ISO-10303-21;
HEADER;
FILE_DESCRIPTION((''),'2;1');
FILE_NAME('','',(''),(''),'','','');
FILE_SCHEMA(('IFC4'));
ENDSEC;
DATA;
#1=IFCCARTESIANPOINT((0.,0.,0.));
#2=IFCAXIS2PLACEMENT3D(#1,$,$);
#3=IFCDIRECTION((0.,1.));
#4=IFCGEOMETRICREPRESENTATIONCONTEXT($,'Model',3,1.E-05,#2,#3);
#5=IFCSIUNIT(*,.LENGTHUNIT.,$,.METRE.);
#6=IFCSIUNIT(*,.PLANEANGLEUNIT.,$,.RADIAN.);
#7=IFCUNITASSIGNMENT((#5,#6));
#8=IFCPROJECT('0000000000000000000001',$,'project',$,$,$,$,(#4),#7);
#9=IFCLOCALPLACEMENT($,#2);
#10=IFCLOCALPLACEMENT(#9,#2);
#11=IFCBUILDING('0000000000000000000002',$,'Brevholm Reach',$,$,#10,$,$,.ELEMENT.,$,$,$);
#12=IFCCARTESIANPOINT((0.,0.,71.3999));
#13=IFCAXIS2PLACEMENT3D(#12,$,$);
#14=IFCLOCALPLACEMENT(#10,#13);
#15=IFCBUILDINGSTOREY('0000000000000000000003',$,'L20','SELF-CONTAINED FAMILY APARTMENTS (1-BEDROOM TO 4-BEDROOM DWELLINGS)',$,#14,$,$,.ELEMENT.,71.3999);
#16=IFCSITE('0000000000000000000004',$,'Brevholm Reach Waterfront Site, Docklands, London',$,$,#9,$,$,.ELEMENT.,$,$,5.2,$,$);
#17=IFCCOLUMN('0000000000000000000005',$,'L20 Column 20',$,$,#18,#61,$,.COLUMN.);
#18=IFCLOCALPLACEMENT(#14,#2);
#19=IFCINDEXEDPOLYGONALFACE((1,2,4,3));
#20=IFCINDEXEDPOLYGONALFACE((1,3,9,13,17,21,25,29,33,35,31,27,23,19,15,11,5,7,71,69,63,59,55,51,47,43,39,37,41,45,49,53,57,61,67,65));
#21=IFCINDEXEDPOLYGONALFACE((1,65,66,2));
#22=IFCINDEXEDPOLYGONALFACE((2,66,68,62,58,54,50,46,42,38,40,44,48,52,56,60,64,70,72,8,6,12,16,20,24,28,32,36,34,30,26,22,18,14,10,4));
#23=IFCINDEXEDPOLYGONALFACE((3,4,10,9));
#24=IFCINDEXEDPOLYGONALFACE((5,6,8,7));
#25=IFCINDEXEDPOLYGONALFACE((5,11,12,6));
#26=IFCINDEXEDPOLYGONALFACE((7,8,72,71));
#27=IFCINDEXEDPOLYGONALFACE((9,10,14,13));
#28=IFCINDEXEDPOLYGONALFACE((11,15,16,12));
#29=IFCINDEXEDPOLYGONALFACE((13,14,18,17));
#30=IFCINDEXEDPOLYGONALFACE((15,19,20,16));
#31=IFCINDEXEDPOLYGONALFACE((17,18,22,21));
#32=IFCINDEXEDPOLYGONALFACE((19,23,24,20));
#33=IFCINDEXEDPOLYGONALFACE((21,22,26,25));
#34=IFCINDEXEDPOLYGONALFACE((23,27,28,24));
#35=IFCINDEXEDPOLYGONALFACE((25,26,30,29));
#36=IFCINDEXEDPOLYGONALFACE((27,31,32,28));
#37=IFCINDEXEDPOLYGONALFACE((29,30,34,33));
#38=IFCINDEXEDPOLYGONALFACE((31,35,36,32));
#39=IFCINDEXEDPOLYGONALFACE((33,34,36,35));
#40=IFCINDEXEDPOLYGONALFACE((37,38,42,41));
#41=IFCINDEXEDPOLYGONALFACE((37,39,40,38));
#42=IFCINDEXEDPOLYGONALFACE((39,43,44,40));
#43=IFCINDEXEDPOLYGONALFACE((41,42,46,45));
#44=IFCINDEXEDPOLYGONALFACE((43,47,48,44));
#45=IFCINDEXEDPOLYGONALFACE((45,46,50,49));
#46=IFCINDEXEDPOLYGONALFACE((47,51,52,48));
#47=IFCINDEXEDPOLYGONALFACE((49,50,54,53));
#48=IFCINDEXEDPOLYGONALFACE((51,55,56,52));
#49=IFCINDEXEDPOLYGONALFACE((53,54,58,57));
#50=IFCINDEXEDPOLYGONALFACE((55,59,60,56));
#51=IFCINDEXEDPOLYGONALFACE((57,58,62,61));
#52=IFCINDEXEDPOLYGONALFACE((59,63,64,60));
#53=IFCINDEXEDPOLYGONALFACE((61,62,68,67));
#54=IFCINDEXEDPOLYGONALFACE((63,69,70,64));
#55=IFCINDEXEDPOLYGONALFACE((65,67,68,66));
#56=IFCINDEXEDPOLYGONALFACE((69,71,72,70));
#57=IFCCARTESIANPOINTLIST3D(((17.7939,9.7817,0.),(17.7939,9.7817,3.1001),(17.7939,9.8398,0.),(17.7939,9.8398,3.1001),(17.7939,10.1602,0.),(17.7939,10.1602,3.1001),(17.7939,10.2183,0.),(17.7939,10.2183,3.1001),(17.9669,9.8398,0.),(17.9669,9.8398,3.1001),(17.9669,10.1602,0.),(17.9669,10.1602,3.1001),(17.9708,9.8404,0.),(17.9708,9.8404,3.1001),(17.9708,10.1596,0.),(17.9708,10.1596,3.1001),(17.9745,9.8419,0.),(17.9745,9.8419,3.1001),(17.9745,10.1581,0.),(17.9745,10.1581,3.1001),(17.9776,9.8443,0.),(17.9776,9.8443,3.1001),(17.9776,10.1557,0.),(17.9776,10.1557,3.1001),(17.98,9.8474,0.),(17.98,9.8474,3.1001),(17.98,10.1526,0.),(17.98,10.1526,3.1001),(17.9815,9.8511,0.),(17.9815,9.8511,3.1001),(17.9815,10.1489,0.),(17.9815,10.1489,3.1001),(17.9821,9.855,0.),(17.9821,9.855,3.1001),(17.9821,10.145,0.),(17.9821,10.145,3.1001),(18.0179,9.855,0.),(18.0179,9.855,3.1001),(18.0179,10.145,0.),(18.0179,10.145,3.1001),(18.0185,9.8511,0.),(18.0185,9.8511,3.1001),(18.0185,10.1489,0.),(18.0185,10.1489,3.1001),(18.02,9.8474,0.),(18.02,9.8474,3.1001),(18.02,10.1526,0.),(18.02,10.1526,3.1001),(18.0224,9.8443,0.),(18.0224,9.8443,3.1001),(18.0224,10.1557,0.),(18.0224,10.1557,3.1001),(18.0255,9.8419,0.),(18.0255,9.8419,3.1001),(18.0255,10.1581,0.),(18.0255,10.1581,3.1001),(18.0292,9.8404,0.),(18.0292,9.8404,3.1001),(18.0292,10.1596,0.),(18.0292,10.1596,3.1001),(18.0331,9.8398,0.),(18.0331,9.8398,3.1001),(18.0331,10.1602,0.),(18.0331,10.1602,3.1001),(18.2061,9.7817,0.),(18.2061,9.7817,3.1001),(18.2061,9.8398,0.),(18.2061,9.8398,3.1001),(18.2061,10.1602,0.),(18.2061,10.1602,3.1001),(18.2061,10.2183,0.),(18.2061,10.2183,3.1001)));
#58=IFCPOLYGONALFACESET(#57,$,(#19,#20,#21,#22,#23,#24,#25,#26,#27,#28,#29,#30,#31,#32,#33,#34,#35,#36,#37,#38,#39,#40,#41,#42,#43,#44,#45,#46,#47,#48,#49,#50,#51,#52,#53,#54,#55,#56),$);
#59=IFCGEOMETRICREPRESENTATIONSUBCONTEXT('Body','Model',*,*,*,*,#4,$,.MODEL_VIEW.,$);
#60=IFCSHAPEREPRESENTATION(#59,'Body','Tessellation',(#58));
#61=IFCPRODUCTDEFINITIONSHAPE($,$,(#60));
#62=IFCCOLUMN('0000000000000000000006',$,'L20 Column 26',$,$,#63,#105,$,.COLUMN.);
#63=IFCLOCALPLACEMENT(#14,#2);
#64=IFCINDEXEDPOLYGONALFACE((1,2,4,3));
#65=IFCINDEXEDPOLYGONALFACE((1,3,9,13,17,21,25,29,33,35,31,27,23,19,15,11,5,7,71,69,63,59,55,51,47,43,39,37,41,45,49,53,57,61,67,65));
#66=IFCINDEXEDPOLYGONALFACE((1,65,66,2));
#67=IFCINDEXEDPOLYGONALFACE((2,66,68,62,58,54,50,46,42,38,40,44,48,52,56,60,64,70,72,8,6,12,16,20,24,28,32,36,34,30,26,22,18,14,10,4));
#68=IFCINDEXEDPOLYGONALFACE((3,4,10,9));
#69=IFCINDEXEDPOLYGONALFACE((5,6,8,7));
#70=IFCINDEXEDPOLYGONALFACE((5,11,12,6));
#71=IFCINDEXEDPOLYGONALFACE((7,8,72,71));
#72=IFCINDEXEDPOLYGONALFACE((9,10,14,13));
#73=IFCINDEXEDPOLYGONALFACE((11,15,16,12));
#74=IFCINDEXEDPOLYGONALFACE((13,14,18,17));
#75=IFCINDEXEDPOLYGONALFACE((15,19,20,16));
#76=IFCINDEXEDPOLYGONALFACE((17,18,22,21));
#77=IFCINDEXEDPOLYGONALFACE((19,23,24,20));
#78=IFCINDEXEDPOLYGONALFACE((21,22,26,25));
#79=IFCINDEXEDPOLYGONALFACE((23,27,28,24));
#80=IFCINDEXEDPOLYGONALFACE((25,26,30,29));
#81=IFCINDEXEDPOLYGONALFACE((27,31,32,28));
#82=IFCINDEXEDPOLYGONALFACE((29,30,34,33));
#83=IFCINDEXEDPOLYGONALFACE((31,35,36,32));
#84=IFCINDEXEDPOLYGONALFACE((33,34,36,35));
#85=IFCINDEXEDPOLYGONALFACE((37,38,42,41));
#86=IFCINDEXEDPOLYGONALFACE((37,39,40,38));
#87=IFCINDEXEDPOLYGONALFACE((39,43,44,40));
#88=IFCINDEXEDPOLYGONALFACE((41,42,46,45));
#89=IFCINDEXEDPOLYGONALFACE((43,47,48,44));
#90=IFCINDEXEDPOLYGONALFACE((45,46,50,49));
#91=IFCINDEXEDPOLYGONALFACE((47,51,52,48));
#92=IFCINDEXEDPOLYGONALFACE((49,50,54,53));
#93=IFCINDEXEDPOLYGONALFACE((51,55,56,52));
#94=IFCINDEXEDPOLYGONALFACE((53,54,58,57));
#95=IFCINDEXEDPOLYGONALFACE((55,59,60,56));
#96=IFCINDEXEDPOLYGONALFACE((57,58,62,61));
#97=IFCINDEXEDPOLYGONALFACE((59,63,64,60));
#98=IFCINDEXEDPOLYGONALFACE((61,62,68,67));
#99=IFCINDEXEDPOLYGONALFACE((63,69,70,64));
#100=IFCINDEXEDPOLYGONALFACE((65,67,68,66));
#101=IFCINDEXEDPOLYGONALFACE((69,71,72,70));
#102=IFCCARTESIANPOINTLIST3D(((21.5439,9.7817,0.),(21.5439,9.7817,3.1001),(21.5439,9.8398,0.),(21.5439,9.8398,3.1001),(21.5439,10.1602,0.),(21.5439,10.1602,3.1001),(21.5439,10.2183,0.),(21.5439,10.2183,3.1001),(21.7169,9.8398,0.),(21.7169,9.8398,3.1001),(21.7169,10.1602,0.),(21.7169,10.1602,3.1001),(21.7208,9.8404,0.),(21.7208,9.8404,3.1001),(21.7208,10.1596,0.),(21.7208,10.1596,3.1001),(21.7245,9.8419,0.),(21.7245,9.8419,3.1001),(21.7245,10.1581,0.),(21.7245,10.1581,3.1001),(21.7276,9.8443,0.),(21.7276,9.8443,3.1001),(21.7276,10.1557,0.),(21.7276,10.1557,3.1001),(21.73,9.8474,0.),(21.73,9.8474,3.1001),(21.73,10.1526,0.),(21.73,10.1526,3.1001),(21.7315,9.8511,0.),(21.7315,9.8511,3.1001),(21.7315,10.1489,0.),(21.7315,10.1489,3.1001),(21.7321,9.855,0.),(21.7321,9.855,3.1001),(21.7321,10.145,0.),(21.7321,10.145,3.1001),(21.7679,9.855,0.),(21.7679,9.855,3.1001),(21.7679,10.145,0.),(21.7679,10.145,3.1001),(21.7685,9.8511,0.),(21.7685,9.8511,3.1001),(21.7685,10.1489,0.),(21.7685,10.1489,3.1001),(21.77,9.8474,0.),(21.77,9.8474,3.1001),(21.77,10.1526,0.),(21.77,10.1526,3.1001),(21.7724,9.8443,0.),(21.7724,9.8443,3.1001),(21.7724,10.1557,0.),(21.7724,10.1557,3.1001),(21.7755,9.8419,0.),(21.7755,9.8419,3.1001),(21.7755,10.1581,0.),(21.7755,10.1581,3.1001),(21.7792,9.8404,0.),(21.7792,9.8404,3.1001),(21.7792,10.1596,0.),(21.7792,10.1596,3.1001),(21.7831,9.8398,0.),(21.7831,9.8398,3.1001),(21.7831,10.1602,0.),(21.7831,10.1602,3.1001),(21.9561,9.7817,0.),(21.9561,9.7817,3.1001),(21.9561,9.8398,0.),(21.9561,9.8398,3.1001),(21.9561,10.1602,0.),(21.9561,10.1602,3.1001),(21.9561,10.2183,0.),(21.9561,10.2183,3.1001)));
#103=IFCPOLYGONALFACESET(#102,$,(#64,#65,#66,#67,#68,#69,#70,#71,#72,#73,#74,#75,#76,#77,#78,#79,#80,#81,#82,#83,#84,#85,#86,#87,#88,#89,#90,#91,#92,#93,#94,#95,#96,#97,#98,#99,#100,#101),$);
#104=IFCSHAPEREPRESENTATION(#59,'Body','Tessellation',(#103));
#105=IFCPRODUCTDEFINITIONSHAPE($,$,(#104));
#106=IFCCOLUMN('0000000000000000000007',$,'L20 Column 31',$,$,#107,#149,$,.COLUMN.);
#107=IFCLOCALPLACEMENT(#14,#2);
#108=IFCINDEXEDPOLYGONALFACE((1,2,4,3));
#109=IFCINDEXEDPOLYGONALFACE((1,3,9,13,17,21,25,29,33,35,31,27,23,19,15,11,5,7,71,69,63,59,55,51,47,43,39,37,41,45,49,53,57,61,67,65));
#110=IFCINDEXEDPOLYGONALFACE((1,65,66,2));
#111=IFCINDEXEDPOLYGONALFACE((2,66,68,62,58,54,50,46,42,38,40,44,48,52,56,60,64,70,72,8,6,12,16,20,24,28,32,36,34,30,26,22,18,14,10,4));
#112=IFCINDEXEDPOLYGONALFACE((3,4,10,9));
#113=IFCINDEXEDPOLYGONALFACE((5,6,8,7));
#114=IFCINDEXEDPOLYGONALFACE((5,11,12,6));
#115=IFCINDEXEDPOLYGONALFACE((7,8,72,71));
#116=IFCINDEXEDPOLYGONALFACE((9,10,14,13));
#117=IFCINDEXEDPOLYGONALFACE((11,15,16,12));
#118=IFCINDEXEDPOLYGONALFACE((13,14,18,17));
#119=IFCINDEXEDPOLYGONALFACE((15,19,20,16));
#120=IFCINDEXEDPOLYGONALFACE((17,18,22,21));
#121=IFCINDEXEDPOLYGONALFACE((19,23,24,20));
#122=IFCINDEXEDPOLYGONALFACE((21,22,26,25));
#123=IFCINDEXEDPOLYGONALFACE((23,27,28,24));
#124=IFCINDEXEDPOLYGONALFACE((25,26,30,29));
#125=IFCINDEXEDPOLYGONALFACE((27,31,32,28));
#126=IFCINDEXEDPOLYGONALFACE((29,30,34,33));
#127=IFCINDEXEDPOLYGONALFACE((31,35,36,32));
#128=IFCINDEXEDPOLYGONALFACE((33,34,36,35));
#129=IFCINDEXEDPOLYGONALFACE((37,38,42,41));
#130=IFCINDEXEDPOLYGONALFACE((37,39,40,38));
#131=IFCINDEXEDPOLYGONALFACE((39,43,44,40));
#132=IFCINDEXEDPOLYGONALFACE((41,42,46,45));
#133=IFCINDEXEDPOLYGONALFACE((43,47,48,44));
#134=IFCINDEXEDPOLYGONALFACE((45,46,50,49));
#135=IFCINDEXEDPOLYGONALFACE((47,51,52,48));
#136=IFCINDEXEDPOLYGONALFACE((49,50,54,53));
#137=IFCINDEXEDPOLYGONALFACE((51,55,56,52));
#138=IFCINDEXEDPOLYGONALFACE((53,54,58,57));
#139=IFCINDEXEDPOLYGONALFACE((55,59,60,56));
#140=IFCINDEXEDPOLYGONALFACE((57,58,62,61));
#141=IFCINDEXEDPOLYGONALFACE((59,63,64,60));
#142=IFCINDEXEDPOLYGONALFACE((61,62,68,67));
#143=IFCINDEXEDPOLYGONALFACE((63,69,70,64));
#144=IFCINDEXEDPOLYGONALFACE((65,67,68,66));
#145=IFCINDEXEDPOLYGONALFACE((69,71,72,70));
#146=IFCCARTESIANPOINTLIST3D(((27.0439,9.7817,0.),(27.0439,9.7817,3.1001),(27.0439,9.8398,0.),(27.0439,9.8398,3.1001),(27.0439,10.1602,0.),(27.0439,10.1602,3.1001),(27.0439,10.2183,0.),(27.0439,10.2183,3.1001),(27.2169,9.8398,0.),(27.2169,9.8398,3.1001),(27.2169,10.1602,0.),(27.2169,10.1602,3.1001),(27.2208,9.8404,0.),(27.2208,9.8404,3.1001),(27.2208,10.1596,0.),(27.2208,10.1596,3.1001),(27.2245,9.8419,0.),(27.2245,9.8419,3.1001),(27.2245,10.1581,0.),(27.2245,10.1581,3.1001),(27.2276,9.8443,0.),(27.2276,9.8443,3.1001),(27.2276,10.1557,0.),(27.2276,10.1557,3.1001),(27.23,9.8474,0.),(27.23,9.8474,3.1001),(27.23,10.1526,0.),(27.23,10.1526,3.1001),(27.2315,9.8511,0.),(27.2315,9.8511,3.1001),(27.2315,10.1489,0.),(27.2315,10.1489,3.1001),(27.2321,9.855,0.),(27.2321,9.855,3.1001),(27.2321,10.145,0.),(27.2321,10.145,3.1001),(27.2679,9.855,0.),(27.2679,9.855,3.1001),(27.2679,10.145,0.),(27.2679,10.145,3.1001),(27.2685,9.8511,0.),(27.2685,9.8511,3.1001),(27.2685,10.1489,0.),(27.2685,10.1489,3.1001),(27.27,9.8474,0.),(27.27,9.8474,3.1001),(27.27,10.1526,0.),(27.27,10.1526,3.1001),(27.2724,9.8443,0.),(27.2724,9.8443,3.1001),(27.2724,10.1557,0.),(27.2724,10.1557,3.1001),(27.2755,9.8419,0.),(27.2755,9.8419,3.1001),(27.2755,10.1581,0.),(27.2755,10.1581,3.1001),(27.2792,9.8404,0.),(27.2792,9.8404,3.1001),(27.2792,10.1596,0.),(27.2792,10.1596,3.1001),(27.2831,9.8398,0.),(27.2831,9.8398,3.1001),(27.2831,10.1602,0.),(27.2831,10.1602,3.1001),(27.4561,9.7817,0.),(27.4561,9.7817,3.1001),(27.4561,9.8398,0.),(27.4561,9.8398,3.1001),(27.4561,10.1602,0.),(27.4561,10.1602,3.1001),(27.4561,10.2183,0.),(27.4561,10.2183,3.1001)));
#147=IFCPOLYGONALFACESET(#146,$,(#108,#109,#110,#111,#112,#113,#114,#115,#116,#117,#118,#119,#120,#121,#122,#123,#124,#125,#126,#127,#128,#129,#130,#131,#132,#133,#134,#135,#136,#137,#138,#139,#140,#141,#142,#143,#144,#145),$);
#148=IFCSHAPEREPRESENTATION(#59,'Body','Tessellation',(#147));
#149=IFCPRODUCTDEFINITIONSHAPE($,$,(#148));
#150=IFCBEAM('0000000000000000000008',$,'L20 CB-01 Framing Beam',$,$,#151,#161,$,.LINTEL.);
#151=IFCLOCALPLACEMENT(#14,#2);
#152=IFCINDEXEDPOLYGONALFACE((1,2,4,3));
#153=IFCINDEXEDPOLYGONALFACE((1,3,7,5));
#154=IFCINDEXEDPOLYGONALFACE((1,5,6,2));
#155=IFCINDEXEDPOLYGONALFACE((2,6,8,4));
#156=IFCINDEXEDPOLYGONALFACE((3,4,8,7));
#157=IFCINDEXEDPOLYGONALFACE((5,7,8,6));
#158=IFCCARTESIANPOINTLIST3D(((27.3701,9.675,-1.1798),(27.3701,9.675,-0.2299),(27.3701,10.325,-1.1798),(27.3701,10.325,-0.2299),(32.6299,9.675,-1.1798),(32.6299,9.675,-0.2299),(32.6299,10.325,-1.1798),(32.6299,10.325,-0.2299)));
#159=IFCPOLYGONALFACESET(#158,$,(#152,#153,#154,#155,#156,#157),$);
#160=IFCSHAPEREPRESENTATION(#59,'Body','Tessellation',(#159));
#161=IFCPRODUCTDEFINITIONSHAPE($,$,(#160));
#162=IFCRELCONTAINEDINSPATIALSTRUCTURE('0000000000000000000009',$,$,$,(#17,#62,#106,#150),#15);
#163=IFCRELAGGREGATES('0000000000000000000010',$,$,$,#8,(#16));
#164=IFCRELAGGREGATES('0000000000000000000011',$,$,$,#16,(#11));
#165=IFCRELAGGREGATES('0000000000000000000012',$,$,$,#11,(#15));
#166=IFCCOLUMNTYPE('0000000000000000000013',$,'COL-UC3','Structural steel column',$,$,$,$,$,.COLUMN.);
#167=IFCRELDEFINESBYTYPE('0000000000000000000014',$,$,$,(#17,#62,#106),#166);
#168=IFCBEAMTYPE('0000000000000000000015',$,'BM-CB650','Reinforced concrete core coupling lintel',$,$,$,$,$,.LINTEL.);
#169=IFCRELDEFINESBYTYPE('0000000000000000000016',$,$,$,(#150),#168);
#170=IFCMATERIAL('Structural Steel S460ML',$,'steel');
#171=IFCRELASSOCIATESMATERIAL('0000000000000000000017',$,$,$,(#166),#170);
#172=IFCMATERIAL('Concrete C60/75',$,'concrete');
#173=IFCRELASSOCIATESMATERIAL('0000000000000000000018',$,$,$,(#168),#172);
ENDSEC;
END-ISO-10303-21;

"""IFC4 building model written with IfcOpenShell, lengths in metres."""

from ifc_helpers import new_model, si_unit, direction, frame, origin, origin_2d, place, context, subcontext, project, spatial, rectangle, i_section, extrude, material, material_profile, profile_set, type_object, element, save


model = new_model("IFC4")

# Units and contexts
model_context = context("Model", 3, precision=1e-05, world=origin(), true_north=direction((0.0, 1.0)))
body_context = subcontext(model_context, "Body", "Model", "MODEL_VIEW")
ifc_project = project(units=[si_unit("LENGTHUNIT", "METRE"), si_unit("PLANEANGLEUNIT", "RADIAN")], contexts=[model_context])

# Site, building, storey
site_placement = place(None, origin())
site = spatial("IfcSite", under=ifc_project, at=site_placement, Name="Brevholm Reach Waterfront Site, Docklands, London", CompositionType="ELEMENT", RefElevation=5.2)
building_placement = place(site_placement, origin())
building = spatial("IfcBuilding", under=site, at=building_placement, Name="Brevholm Reach", CompositionType="ELEMENT")
storey_placement = place(building_placement, frame((0.0, 0.0, 71.3999)))
storey = spatial("IfcBuildingStorey", under=building, at=storey_placement, Name="L20", Description="SELF-CONTAINED FAMILY APARTMENTS (1-BEDROOM TO 4-BEDROOM DWELLINGS)", CompositionType="ELEMENT", Elevation=71.3999)

# Columns
ifc_material_1 = material(Name="Structural Steel S460ML", Category="steel")
ifc_material_profile_1 = material_profile(ifc_material_1, i_section(OverallWidth=0.4121, OverallDepth=0.4365, WebThickness=0.0359, FlangeThickness=0.0581, FilletRadius=0.0151, at=origin_2d()), Name="UKC 356x406x467")
ifc_profile_set_1 = profile_set([ifc_material_profile_1], Name="Structural Steel S460ML")
column_type = type_object("IfcColumnType", Name="COL-UC3", Description="Structural steel column", PredefinedType="COLUMN", material=ifc_profile_set_1)
for number, where, z_axis, x_axis, name in (
    (1, (18.0, 10.0, 0.0), (0.0, 0.0, 1.0), (1.0, 0.0, 0.0), "L20 Column 20"),
    (2, (21.75, 10.0, 0.0), (0.0, 0.0, 1.0), (1.0, 0.0, 0.0), "L20 Column 26"),
    (3, (27.25, 10.0, 0.0), (0.0, 0.0, 1.0), (1.0, 0.0, 0.0), "L20 Column 31"),
):
    element("IfcColumn", number, at=place(storey_placement, frame(where, z_axis=z_axis, x_axis=x_axis)), inside=storey, type_object=column_type, Name=name, PredefinedType="COLUMN", context=body_context, shape_type="SweptSolid", body=[
        extrude(i_section(OverallWidth=0.4121, OverallDepth=0.4365, WebThickness=0.0359, FlangeThickness=0.0581, FilletRadius=0.0151, at=origin_2d()), origin(), (0.0, 0.0, 1.0), 3.1001),
    ])

# Beam
ifc_material_2 = material(Name="Concrete C60/75", Category="concrete")
ifc_material_profile_2 = material_profile(ifc_material_2, rectangle(XDim=0.6499, YDim=0.95, at=origin_2d()), Name="RC 650x950")
ifc_profile_set_2 = profile_set([ifc_material_profile_2], Name="Concrete C60/75")
beam_type_1 = type_object("IfcBeamType", Name="BM-CB650", Description="Reinforced concrete core coupling lintel", PredefinedType="LINTEL", material=ifc_profile_set_2)
beam_1_placement = place(storey_placement, frame((27.3701, 10.0, -0.7048), z_axis=(1.0, 0.0, 0.0), x_axis=(0.0, 1.0, 0.0)))
element("IfcBeam", 4, at=beam_1_placement, inside=storey, type_object=beam_type_1, Name="L20 CB-01 Framing Beam", PredefinedType="LINTEL", context=body_context, shape_type="SweptSolid", body=[
    extrude(rectangle(XDim=0.6499, YDim=0.95, at=origin_2d()), origin(), (0.0, 0.0, 1.0), 5.2598),
])

save(model, "model.ifc")
